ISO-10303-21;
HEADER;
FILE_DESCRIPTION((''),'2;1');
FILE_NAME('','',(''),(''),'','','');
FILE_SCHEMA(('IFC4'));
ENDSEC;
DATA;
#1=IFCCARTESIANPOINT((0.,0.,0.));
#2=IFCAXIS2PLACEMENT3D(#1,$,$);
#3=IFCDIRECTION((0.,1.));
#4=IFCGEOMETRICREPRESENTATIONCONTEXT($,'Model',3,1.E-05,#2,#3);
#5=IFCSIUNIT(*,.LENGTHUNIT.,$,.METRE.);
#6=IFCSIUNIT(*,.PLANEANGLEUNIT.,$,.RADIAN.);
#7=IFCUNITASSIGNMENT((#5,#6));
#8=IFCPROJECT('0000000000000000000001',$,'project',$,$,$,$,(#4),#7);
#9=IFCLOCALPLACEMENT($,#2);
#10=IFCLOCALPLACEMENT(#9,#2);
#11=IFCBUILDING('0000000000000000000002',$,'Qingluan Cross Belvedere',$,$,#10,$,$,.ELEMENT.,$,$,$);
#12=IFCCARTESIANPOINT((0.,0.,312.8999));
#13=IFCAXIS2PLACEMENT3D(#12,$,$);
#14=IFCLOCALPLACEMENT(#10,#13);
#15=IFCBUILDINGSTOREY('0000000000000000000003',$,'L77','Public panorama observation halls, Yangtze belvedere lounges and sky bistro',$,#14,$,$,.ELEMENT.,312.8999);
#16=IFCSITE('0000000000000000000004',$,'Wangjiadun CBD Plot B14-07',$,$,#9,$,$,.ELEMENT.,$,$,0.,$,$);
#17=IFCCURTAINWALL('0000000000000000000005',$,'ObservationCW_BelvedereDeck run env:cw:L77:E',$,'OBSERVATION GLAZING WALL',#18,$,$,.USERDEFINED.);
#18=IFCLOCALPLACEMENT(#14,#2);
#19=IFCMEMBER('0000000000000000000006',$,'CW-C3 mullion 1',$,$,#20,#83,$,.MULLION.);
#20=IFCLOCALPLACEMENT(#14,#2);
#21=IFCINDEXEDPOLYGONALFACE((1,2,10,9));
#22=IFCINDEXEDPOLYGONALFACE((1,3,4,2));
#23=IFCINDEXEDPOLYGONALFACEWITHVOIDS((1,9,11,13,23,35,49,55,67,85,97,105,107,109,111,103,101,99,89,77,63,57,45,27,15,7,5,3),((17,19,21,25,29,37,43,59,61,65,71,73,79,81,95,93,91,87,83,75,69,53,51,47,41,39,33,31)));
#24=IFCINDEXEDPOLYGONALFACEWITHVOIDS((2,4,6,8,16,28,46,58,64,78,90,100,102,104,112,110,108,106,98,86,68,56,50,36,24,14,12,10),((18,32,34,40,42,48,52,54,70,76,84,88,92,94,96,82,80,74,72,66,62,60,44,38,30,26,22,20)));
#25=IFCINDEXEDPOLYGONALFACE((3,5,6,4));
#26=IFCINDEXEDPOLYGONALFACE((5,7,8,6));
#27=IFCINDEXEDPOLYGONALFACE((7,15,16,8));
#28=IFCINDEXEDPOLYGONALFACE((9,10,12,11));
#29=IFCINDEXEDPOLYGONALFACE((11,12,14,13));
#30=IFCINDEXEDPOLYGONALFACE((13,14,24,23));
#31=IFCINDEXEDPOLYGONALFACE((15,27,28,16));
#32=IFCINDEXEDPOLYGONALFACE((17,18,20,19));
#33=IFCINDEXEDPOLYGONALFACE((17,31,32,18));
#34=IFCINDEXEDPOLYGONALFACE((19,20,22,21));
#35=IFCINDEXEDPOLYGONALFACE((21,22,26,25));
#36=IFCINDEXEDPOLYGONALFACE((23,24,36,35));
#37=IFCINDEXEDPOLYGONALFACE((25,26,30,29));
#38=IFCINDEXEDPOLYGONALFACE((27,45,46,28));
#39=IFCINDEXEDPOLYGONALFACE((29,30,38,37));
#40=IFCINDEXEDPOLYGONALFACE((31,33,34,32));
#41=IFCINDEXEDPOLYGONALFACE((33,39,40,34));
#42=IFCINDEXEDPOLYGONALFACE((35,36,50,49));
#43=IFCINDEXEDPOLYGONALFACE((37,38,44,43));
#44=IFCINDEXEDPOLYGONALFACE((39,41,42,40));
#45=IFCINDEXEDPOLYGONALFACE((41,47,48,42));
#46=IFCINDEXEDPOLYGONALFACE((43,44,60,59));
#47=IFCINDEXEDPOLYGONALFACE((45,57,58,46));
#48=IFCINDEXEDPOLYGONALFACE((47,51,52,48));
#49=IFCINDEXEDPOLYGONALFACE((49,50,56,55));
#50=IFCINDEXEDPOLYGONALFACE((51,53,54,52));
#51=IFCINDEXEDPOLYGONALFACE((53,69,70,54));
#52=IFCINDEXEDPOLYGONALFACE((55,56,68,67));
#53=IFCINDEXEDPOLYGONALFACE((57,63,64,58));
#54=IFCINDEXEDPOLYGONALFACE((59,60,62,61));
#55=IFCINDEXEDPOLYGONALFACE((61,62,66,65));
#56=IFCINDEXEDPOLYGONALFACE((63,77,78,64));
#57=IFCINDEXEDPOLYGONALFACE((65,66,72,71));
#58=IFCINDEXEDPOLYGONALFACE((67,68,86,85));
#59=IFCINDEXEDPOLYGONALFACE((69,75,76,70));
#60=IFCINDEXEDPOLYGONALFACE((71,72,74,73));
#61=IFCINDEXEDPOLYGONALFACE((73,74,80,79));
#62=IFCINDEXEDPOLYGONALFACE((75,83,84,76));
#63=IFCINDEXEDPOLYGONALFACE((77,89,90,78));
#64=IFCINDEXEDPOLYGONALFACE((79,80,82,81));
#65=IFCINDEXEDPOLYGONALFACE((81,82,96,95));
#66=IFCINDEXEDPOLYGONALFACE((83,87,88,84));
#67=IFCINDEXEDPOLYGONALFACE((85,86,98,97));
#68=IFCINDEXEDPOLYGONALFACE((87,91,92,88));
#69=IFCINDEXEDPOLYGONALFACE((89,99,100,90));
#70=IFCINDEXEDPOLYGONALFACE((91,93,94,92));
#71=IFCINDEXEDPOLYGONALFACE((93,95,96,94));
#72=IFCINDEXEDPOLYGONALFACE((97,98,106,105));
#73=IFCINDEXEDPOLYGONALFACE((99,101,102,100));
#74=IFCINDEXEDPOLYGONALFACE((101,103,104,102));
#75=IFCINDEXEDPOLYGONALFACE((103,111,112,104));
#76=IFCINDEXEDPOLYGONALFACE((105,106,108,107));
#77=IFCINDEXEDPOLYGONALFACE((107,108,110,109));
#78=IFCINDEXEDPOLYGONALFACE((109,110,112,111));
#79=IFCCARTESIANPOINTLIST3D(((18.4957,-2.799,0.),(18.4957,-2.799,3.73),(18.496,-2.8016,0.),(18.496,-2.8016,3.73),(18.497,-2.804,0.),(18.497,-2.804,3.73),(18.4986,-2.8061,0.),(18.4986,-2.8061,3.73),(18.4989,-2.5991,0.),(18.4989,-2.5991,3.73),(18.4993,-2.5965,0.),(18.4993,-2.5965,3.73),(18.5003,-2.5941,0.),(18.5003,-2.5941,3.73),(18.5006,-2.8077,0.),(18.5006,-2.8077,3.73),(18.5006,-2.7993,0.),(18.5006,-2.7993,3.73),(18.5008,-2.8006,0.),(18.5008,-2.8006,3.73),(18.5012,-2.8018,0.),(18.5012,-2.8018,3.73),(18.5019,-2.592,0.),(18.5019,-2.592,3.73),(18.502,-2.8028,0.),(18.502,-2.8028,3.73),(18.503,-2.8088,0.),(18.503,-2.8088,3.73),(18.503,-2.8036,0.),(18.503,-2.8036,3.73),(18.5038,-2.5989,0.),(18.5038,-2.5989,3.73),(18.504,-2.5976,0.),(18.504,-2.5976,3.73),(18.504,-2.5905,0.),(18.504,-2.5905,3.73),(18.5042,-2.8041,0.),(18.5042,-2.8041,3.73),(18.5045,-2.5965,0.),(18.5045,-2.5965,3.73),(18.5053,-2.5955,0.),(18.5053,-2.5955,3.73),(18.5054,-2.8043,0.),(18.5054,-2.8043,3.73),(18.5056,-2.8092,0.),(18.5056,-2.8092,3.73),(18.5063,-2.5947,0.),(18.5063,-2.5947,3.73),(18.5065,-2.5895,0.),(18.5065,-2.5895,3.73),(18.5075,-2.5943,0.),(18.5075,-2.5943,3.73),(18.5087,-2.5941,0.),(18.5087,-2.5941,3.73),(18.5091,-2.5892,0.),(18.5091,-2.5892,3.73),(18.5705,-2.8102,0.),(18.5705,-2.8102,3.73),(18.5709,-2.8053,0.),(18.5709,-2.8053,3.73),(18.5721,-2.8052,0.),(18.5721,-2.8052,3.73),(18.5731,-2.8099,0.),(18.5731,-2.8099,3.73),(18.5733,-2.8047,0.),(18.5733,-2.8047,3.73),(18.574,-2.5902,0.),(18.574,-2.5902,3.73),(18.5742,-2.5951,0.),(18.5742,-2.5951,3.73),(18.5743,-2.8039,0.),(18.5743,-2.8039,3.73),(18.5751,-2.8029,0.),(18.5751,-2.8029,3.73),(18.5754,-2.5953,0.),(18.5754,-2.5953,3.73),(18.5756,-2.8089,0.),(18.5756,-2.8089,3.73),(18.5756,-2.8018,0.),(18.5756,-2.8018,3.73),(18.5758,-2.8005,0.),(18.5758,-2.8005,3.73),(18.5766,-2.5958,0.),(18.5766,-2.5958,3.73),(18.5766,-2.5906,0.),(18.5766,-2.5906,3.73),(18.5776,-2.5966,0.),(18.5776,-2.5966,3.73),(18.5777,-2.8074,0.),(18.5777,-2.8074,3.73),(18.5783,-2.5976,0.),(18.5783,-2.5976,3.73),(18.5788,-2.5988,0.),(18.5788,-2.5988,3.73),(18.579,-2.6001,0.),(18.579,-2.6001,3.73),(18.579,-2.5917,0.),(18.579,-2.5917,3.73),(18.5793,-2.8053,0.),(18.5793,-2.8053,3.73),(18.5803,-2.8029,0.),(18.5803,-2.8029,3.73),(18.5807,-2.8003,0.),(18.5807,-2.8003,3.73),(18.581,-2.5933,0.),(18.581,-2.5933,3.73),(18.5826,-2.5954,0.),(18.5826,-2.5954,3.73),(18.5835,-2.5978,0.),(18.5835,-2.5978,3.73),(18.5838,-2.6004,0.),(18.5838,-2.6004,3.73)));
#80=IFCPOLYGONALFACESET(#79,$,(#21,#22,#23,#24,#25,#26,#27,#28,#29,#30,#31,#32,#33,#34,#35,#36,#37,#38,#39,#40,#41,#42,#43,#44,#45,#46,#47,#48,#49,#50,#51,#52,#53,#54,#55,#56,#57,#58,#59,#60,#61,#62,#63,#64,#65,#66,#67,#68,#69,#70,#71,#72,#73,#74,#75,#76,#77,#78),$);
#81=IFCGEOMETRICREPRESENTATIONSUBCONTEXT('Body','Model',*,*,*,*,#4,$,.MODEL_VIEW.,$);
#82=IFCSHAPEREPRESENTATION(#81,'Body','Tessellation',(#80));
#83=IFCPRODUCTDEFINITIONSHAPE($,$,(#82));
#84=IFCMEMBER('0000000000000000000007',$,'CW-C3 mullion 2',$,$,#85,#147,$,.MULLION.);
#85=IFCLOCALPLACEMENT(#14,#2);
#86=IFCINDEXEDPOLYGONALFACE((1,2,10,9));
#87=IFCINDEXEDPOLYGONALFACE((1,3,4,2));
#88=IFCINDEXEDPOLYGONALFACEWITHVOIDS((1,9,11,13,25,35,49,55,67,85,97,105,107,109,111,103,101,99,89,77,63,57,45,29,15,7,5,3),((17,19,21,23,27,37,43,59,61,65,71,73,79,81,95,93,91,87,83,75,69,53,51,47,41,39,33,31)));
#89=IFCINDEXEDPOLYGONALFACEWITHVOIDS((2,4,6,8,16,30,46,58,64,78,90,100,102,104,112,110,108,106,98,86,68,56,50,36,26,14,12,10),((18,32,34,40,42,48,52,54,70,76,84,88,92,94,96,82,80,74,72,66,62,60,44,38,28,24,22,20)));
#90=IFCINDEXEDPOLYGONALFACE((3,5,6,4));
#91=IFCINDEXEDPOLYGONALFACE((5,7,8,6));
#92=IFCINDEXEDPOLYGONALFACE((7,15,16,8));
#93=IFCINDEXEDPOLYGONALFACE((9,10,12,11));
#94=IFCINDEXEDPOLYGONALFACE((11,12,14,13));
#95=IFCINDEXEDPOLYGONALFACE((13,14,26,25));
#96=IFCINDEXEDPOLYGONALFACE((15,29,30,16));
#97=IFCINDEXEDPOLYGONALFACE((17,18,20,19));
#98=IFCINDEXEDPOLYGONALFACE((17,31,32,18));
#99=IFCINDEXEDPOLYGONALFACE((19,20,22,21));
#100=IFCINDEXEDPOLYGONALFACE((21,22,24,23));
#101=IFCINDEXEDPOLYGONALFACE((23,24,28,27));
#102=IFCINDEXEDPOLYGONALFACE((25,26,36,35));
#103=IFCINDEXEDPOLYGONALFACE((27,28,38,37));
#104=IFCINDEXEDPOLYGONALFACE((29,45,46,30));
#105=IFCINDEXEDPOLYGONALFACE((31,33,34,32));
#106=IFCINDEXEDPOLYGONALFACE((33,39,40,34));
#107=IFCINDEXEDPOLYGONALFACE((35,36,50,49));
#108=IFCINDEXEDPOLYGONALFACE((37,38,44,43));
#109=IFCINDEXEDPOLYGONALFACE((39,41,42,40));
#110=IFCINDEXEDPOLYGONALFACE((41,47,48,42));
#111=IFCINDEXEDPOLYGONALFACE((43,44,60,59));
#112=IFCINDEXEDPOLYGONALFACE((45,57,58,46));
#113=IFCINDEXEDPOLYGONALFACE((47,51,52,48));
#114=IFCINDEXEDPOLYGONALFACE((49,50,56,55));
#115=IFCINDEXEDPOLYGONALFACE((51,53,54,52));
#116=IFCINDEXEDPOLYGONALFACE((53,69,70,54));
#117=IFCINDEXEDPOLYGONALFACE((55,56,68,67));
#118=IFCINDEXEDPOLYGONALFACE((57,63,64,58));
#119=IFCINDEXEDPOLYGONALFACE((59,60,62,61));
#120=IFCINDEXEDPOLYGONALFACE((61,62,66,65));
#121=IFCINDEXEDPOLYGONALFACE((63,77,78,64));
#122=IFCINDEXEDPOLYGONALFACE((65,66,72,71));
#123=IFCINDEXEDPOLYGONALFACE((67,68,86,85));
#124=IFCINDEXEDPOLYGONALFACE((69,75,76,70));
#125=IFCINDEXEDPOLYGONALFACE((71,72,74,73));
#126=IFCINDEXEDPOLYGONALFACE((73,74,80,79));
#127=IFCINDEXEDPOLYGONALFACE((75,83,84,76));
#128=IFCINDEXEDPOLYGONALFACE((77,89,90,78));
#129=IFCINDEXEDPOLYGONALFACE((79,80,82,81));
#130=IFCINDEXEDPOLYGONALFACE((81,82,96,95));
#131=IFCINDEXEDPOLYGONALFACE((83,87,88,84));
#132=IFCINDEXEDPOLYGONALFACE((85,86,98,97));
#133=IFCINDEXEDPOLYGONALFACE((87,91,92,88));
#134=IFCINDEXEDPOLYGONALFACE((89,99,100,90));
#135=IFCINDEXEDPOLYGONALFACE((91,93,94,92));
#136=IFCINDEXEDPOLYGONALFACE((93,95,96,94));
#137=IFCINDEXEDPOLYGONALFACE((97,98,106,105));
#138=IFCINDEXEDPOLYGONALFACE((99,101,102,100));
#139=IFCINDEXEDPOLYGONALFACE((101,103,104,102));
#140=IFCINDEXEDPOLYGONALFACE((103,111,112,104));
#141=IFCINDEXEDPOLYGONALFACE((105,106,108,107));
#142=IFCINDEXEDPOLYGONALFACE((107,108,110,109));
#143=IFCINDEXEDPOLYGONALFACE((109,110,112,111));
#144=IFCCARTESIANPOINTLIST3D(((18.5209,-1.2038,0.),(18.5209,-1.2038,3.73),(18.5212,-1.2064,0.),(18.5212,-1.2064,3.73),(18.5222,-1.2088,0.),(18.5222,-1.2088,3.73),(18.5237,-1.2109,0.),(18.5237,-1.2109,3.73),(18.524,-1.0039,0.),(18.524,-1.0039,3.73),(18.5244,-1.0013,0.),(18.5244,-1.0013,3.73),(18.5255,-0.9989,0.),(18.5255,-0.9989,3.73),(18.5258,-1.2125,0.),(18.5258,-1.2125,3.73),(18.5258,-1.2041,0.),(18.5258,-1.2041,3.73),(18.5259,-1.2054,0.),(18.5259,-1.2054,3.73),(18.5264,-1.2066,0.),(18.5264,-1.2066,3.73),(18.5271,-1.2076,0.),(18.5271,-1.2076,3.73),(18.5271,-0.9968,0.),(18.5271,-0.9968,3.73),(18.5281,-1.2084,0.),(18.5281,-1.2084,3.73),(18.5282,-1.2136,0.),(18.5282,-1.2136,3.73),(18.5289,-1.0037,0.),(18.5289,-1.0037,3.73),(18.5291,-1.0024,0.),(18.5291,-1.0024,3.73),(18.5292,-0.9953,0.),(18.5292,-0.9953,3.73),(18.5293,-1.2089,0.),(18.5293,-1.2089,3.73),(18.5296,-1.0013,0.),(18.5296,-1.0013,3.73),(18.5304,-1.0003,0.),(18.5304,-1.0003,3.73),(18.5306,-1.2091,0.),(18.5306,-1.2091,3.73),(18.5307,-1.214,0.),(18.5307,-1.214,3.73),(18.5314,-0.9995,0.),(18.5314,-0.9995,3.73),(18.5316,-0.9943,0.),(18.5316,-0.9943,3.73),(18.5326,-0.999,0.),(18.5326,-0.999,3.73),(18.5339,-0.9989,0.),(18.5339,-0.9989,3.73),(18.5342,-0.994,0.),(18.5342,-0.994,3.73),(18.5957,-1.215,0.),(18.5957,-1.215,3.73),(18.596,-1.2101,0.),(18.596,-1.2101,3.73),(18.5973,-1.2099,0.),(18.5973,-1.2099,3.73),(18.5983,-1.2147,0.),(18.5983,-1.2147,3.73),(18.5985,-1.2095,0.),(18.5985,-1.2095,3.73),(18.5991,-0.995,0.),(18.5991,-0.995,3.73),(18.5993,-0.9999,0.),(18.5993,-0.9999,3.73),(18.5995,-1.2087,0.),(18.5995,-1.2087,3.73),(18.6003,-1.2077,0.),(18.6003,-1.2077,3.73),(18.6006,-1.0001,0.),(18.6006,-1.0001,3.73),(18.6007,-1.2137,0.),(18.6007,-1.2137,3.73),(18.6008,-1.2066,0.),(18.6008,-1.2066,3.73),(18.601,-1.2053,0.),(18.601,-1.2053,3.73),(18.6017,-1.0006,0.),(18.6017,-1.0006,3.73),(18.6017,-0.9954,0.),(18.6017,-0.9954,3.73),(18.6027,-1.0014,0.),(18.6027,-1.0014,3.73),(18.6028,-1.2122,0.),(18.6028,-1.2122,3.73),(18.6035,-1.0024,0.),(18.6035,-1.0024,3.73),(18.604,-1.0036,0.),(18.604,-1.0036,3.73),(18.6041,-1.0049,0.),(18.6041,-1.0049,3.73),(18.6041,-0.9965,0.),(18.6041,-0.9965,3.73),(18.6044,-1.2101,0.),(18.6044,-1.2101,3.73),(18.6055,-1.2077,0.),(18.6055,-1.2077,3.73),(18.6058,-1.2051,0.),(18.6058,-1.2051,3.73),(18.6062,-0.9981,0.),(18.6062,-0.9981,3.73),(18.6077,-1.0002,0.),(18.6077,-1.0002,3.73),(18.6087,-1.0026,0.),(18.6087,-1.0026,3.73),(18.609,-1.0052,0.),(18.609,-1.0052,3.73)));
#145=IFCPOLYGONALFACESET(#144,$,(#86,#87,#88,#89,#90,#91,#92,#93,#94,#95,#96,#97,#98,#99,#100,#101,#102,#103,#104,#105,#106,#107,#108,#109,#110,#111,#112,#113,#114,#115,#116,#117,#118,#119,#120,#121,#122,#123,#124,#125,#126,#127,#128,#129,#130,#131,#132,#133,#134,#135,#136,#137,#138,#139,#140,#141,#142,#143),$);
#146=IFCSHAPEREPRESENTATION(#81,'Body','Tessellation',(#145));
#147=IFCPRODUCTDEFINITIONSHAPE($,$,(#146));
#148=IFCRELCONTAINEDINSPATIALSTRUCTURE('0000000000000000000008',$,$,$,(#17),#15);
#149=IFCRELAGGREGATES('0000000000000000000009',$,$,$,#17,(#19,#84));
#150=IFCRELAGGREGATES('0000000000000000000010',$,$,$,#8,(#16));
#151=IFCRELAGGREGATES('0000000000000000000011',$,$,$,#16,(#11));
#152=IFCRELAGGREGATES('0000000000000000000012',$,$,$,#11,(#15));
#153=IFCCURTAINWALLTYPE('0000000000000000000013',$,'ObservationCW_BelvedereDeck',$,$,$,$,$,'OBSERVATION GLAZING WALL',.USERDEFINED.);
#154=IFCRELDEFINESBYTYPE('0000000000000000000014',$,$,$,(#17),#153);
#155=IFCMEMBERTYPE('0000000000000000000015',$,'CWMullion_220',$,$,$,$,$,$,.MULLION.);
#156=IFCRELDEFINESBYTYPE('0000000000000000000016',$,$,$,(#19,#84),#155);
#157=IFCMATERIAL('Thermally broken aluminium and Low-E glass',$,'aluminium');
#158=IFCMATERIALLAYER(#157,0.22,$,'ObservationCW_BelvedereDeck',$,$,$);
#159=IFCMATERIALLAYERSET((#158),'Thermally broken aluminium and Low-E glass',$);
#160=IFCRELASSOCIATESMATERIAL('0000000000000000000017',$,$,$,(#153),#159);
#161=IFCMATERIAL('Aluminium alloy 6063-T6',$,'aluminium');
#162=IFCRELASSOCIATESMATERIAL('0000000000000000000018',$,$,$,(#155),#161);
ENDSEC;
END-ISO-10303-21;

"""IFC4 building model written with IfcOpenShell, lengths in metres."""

from ifc_helpers import new_model, si_unit, direction, frame, origin, origin_2d, place, context, subcontext, project, spatial, hollow_rectangle, extrude, material, layer, layer_set, material_profile, profile_set, type_object, element, aggregate, save


model = new_model("IFC4")

# Units and contexts
model_context = context("Model", 3, precision=1e-05, world=origin(), true_north=direction((0.0, 1.0)))
body_context = subcontext(model_context, "Body", "Model", "MODEL_VIEW")
ifc_project = project(units=[si_unit("LENGTHUNIT", "METRE"), si_unit("PLANEANGLEUNIT", "RADIAN")], contexts=[model_context])

# Site, building, storey
site_placement = place(None, origin())
site = spatial("IfcSite", under=ifc_project, at=site_placement, Name="Wangjiadun CBD Plot B14-07", CompositionType="ELEMENT", RefElevation=0.0)
building_placement = place(site_placement, origin())
building = spatial("IfcBuilding", under=site, at=building_placement, Name="Qingluan Cross Belvedere", CompositionType="ELEMENT")
storey_placement = place(building_placement, frame((0.0, 0.0, 312.8999)))
storey = spatial("IfcBuildingStorey", under=building, at=storey_placement, Name="L77", Description="Public panorama observation halls, Yangtze belvedere lounges and sky bistro", CompositionType="ELEMENT", Elevation=312.8999)

# Curtain wall, members
ifc_material_1 = material(Name="Thermally broken aluminium and Low-E glass", Category="aluminium")
ifc_layer_1 = layer(ifc_material_1, 0.22, Name="ObservationCW_BelvedereDeck")
ifc_layer_set_1 = layer_set([ifc_layer_1], Name="Thermally broken aluminium and Low-E glass")
curtain_wall_type = type_object("IfcCurtainWallType", Name="ObservationCW_BelvedereDeck", ElementType="OBSERVATION GLAZING WALL", PredefinedType="USERDEFINED", material=ifc_layer_set_1)
curtain_wall_placement = place(storey_placement, origin())
curtain_wall = element("IfcCurtainWall", 1, at=curtain_wall_placement, inside=storey, type_object=curtain_wall_type, Name="ObservationCW_BelvedereDeck run env:cw:L77:E", ObjectType="OBSERVATION GLAZING WALL", PredefinedType="USERDEFINED")
ifc_material_2 = material(Name="Aluminium alloy 6063-T6", Category="aluminium")
ifc_material_profile_1 = material_profile(ifc_material_2, hollow_rectangle(XDim=0.085, YDim=0.22, WallThickness=0.0049, InnerFilletRadius=0.0049, OuterFilletRadius=0.01, at=origin_2d()), Name="CWM220x85x5")
ifc_profile_set_1 = profile_set([ifc_material_profile_1], Name="Aluminium alloy 6063-T6")
member_type_1 = type_object("IfcMemberType", Name="CWMullion_220", PredefinedType="MULLION", material=ifc_profile_set_1)
member_1_placement = place(storey_placement, frame((18.5398, -2.6997, 0.0), z_axis=(0.0, 0.0, 1.0), x_axis=(-0.999877, 0.01571, 0.0)))
member_1 = element("IfcMember", 2, at=member_1_placement, type_object=member_type_1, Name="CW-C3 mullion 1", PredefinedType="MULLION", context=body_context, shape_type="SweptSolid", body=[
    extrude(hollow_rectangle(XDim=0.085, YDim=0.22, WallThickness=0.0049, InnerFilletRadius=0.0049, OuterFilletRadius=0.01, at=origin_2d()), origin(), (0.0, 0.0, 1.0), 3.73),
])
member_2_placement = place(storey_placement, frame((18.5649, -1.1045, 0.0), z_axis=(0.0, 0.0, 1.0), x_axis=(-0.999877, 0.01571, 0.0)))
member_2 = element("IfcMember", 3, at=member_2_placement, type_object=member_type_1, Name="CW-C3 mullion 2", PredefinedType="MULLION", context=body_context, shape_type="SweptSolid", body=[
    extrude(hollow_rectangle(XDim=0.085, YDim=0.22, WallThickness=0.0049, InnerFilletRadius=0.0049, OuterFilletRadius=0.01, at=origin_2d()), origin(), (0.0, 0.0, 1.0), 3.73),
])
aggregate(curtain_wall, [member_1, member_2])

save(model, "model.ifc")
